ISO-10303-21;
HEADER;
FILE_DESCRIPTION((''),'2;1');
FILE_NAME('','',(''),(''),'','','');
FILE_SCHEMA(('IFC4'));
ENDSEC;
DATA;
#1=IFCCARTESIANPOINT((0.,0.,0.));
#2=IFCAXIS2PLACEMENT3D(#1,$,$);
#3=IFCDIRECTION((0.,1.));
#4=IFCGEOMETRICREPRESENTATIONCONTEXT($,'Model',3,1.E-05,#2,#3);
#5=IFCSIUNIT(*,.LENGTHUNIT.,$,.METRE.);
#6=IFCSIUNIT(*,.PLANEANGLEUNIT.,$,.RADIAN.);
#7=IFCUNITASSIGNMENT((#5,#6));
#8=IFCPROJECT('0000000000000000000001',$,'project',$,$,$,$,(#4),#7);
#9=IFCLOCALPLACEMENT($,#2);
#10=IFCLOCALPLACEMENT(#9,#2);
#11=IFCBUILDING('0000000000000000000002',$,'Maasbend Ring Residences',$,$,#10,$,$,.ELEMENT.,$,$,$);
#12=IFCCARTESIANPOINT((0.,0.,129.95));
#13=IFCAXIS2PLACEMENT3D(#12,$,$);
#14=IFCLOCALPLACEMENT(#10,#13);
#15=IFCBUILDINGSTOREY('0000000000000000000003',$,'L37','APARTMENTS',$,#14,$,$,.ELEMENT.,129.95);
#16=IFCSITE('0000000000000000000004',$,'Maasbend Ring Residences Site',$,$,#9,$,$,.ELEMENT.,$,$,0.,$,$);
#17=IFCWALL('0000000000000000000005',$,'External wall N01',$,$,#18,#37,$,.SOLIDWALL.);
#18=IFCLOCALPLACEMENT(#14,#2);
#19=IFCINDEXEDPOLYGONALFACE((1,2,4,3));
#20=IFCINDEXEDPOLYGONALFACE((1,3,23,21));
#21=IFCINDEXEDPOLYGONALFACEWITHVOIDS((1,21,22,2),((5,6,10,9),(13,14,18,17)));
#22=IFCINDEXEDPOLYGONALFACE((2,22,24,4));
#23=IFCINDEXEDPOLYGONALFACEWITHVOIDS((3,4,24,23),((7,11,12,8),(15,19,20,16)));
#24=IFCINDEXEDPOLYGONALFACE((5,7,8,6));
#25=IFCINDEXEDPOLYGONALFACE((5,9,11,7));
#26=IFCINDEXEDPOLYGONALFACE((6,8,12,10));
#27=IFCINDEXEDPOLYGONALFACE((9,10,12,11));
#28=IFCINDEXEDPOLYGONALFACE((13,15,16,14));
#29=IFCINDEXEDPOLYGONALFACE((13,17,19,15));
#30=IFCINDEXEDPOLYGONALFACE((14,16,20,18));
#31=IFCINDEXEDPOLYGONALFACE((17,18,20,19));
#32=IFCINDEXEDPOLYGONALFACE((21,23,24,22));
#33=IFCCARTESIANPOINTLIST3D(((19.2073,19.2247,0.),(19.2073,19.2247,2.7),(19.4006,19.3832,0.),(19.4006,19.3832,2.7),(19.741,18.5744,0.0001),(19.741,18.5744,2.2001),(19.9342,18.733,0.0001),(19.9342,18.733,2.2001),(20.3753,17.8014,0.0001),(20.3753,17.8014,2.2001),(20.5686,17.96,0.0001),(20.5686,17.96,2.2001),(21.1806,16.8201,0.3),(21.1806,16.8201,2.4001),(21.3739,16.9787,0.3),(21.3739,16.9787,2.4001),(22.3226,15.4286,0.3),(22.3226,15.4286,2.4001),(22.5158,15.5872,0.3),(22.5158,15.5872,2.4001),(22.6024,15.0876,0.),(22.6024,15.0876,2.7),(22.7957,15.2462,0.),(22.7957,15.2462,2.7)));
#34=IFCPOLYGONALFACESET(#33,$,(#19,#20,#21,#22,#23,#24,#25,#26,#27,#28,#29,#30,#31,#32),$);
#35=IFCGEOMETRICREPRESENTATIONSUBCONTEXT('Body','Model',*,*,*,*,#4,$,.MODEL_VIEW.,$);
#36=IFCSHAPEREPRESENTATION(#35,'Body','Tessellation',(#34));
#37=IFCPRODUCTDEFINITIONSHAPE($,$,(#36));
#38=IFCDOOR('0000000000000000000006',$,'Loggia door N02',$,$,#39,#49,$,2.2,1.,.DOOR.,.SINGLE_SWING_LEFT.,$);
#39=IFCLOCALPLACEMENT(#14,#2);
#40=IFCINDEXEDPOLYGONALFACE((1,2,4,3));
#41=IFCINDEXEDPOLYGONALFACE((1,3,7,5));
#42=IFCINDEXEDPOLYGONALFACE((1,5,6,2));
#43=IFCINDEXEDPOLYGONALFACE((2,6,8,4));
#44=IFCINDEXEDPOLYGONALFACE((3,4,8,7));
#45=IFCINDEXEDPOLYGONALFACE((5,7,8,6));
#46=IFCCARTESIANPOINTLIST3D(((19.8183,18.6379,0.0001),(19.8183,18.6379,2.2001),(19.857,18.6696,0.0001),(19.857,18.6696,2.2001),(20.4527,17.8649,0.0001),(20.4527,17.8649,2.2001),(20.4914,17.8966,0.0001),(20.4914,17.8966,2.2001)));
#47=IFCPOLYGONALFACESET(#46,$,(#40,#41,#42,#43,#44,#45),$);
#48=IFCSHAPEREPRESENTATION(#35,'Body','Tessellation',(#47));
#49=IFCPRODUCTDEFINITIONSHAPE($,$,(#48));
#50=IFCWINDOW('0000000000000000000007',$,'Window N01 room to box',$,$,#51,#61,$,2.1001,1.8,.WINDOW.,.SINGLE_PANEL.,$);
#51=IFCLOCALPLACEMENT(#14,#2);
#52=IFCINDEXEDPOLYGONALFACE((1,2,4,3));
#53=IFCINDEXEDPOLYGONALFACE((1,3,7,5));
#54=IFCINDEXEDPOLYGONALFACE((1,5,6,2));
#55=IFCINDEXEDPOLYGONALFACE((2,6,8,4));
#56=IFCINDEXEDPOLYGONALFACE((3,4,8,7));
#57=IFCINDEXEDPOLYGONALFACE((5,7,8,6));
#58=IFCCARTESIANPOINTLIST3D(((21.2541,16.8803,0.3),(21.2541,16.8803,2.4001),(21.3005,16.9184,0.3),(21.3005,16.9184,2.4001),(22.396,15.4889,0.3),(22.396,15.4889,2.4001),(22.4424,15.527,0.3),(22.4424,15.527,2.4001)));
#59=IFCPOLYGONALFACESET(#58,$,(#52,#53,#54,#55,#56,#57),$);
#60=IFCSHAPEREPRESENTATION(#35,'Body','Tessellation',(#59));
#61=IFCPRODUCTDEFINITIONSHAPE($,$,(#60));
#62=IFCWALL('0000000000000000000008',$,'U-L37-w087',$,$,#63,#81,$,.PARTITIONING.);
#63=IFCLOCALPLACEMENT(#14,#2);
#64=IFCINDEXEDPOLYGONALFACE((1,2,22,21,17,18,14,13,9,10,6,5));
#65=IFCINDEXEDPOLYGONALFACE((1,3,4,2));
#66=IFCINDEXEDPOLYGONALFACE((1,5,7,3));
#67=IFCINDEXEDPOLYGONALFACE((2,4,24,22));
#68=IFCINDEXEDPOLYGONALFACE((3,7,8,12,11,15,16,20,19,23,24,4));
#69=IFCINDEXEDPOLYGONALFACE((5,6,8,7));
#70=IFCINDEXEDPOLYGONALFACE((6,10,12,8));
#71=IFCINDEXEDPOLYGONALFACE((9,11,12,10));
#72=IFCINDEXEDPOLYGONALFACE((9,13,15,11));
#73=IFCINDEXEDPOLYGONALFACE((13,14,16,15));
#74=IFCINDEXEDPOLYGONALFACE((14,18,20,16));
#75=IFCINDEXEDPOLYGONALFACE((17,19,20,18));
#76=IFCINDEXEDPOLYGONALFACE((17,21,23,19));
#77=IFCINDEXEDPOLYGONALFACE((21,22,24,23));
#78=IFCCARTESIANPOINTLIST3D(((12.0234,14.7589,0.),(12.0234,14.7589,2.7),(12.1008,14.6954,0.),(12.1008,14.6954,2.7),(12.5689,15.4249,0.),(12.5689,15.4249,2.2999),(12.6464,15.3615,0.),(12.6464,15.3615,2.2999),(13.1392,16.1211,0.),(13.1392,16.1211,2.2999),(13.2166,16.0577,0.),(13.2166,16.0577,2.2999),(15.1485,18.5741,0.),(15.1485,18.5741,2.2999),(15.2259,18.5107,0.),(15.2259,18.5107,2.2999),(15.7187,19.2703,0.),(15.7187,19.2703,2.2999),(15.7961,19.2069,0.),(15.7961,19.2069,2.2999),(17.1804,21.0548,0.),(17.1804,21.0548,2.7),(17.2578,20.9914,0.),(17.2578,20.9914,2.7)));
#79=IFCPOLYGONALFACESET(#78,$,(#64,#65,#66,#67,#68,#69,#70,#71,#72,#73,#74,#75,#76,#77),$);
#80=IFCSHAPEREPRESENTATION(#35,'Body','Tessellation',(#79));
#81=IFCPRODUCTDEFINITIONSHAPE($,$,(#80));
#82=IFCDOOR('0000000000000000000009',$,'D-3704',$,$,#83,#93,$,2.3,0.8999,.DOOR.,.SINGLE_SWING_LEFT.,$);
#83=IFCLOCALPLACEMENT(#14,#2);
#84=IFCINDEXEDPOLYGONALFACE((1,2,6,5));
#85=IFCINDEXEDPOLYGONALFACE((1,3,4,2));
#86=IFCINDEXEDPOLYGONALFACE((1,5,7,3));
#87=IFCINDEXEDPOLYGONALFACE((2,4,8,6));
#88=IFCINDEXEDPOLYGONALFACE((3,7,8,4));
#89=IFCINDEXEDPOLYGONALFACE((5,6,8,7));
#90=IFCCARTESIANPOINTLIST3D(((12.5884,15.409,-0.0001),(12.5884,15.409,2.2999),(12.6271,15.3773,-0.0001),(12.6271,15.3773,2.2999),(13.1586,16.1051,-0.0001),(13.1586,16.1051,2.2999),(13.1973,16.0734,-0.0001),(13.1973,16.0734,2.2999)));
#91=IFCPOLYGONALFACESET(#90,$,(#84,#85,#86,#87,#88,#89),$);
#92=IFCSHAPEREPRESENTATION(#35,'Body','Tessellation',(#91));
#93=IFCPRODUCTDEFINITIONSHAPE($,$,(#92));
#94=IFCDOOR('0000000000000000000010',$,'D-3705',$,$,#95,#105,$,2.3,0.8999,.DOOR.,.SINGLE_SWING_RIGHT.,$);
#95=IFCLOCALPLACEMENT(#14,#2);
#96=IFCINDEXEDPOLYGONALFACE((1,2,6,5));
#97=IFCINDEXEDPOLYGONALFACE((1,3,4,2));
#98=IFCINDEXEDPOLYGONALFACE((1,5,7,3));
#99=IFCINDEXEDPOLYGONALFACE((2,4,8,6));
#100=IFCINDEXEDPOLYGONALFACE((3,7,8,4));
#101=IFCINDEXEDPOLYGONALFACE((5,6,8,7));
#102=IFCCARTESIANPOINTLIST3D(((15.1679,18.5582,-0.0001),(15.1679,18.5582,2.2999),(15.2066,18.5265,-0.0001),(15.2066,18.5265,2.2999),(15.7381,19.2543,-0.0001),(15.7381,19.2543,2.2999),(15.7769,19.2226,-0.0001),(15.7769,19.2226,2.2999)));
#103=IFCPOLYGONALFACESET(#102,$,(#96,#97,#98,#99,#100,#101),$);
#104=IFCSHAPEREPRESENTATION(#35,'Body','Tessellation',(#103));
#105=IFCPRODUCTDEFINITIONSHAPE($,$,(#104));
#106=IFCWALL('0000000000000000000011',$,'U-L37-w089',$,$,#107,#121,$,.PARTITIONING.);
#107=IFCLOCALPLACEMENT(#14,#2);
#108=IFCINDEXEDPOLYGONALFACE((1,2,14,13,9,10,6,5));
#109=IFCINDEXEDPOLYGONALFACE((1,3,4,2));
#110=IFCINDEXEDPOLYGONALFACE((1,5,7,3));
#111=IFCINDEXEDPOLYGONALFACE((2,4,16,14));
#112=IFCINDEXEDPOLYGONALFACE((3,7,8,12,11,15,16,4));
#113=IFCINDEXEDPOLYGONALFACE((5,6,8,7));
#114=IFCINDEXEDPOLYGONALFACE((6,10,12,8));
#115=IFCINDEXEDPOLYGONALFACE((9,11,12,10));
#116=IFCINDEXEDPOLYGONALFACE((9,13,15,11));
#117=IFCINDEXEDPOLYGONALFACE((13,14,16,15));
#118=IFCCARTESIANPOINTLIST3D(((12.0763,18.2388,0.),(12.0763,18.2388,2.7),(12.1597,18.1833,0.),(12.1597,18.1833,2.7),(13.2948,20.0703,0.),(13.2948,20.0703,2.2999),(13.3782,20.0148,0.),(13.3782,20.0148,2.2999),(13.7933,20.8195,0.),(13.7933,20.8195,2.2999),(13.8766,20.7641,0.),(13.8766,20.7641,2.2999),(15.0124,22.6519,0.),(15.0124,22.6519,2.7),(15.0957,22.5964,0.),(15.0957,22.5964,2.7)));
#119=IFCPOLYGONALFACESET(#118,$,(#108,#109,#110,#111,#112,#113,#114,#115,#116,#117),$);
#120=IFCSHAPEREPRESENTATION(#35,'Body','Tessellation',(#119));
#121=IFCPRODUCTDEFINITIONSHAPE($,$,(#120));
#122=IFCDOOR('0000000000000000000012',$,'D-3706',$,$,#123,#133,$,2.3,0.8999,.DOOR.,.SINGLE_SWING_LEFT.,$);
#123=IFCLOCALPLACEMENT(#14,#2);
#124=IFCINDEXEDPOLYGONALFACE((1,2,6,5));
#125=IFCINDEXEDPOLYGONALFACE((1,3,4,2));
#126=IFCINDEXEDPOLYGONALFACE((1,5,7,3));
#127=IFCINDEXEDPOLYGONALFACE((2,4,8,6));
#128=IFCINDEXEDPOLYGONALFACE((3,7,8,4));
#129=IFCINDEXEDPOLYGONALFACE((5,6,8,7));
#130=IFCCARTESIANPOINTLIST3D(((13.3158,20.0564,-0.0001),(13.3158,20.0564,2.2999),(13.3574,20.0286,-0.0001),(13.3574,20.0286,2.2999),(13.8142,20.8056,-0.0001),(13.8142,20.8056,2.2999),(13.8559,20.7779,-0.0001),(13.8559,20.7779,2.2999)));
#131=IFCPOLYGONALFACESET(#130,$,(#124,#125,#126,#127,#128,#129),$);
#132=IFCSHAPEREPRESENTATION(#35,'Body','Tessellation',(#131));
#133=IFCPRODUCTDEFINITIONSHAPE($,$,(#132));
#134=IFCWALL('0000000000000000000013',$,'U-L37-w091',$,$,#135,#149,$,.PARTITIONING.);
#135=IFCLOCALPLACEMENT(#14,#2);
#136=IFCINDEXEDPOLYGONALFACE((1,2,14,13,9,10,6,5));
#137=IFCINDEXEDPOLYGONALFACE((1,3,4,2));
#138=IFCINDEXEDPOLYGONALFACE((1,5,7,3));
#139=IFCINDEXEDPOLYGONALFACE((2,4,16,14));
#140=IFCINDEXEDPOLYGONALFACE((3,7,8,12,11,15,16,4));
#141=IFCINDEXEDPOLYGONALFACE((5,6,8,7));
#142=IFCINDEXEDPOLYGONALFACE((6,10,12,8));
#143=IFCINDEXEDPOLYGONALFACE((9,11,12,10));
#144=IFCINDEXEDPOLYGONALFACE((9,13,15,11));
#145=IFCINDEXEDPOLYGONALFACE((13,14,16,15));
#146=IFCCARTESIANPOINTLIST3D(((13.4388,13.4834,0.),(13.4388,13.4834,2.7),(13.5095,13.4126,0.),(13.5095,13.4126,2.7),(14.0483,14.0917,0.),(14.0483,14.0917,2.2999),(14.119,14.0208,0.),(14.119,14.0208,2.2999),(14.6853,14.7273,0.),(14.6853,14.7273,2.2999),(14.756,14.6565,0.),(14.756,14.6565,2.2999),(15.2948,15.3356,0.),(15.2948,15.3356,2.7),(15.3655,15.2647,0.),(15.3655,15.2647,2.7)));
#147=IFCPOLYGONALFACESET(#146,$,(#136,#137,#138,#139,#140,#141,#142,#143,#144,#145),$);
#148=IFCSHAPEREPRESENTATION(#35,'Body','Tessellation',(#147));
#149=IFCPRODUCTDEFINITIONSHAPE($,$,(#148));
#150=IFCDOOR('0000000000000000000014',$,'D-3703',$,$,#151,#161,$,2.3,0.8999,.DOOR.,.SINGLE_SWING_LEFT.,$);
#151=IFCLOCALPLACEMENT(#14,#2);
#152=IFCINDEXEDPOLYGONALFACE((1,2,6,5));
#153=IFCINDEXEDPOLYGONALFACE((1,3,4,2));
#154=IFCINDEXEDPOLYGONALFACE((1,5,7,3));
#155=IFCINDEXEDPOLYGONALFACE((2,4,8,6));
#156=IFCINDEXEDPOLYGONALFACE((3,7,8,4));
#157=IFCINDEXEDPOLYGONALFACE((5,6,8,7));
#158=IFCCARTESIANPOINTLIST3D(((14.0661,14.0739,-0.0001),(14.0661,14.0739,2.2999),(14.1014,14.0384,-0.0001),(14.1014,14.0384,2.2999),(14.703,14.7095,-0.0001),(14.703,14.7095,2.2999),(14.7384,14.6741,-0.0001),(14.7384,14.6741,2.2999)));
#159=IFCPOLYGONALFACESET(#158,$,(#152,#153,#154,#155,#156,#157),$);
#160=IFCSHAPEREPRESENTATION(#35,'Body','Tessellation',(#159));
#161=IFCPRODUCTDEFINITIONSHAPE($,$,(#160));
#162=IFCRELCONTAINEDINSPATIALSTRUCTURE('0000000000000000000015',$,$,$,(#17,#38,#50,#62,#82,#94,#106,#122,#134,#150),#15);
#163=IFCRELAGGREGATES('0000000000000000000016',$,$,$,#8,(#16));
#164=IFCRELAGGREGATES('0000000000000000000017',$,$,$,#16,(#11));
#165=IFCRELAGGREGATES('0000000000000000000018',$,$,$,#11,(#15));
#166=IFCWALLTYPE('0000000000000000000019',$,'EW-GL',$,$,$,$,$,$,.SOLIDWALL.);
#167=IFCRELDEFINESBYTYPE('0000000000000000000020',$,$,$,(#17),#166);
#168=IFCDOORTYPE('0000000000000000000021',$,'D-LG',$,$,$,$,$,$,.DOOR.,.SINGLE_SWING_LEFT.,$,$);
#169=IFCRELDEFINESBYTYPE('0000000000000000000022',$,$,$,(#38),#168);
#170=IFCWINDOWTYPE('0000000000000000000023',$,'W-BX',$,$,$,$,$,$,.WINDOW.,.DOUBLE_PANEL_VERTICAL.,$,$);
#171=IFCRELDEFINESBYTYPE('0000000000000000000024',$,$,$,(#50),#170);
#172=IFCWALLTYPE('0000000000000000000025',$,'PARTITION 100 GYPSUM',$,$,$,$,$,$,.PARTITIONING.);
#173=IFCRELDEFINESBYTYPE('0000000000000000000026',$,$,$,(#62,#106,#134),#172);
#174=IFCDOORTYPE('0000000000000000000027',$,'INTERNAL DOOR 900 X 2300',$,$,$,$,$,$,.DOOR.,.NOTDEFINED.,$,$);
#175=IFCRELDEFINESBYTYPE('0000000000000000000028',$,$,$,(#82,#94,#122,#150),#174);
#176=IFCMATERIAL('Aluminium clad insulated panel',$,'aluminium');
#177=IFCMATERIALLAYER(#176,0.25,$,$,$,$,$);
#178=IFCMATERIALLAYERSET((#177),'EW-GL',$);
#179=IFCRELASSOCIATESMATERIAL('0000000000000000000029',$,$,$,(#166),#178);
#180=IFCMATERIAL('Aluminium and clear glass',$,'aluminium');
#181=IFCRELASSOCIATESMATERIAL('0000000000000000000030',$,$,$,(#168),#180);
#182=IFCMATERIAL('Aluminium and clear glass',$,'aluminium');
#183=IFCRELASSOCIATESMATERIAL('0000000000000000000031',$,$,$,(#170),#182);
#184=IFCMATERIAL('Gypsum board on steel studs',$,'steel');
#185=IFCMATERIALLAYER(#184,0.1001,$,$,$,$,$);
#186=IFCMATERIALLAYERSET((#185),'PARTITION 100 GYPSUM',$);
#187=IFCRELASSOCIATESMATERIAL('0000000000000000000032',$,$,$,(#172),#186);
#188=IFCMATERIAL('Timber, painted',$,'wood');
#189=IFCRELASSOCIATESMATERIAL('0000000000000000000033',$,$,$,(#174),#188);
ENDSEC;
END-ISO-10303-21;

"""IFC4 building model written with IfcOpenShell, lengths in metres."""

from ifc_helpers import new_model, si_unit, direction, frame, frame_2d, origin, place, context, subcontext, project, spatial, rectangle, extrude, material, layer, layer_set, type_object, element, fill, save


model = new_model("IFC4")

# Units and contexts
model_context = context("Model", 3, precision=1e-05, world=origin(), true_north=direction((0.0, 1.0)))
body_context = subcontext(model_context, "Body", "Model", "MODEL_VIEW")
ifc_project = project(units=[si_unit("LENGTHUNIT", "METRE"), si_unit("PLANEANGLEUNIT", "RADIAN")], contexts=[model_context])

# Site, building, storey
site_placement = place(None, origin())
site = spatial("IfcSite", under=ifc_project, at=site_placement, Name="Maasbend Ring Residences Site", CompositionType="ELEMENT", RefElevation=0.0)
building_placement = place(site_placement, origin())
building = spatial("IfcBuilding", under=site, at=building_placement, Name="Maasbend Ring Residences", CompositionType="ELEMENT")
storey_placement = place(building_placement, frame((0.0, 0.0, 129.95)))
storey = spatial("IfcBuildingStorey", under=building, at=storey_placement, Name="L37", Description="APARTMENTS", CompositionType="ELEMENT", Elevation=129.95)

# Wall, openings, door, window
ifc_material_1 = material(Name="Aluminium clad insulated panel", Category="aluminium")
ifc_layer_1 = layer(ifc_material_1, 0.25)
ifc_layer_set_1 = layer_set([ifc_layer_1], Name="EW-GL")
wall_type_1 = type_object("IfcWallType", Name="EW-GL", PredefinedType="SOLIDWALL", material=ifc_layer_set_1)
wall_1_placement = place(storey_placement, frame((22.699, 15.167, 0.0), z_axis=(0.0, 0.0, 1.0), x_axis=(-0.634382, 0.773019, 0.0)))
wall_1 = element("IfcWall", 1, at=wall_1_placement, inside=storey, type_object=wall_type_1, Name="External wall N01", PredefinedType="SOLIDWALL", context=body_context, shape_type="SweptSolid", body=[
    extrude(rectangle(XDim=5.3518, YDim=0.25, at=frame_2d((2.6758, 0.0))), origin(), (0.0, 0.0, 1.0), 2.7),
])
opening_1_placement = place(wall_1_placement, frame((0.4412, 0.0, 0.3)))
opening_1 = element("IfcOpeningElement", 2, at=opening_1_placement, cuts=wall_1, PredefinedType="OPENING", context=body_context, shape_type="SweptSolid", body=[
    extrude(rectangle(XDim=1.8, YDim=2.1001, at=frame_2d((0.8999, 1.05))), frame((0.0, 0.135, 0.0), z_axis=(0.0, -1.0, 0.0), x_axis=(1.0, 0.0, 0.0)), (0.0, 0.0, 1.0), 0.27),
])
opening_2_placement = place(wall_1_placement, frame((3.5105, 0.0, 0.0)))
opening_2 = element("IfcOpeningElement", 3, at=opening_2_placement, cuts=wall_1, PredefinedType="OPENING", context=body_context, shape_type="SweptSolid", body=[
    extrude(rectangle(XDim=1.0, YDim=2.2, at=frame_2d((0.5, 1.1001))), frame((0.0, 0.135, 0.0), z_axis=(0.0, -1.0, 0.0), x_axis=(1.0, 0.0, 0.0)), (0.0, 0.0, 1.0), 0.27),
])
ifc_material_2 = material(Name="Aluminium and clear glass", Category="aluminium")
door_type_1 = type_object("IfcDoorType", Name="D-LG", OperationType="SINGLE_SWING_LEFT", PredefinedType="DOOR", material=ifc_material_2)
door_1_placement = place(opening_2_placement, origin())
door_1 = element("IfcDoor", 4, at=door_1_placement, inside=storey, type_object=door_type_1, Name="Loggia door N02", OperationType="SINGLE_SWING_LEFT", OverallHeight=2.2, OverallWidth=1.0, PredefinedType="DOOR", context=body_context, shape_type="SweptSolid", body=[
    extrude(rectangle(XDim=1.0, YDim=2.2, at=frame_2d((0.5, 1.1001))), frame((0.0, 0.0249, 0.0), z_axis=(0.0, -1.0, 0.0), x_axis=(1.0, 0.0, 0.0)), (0.0, 0.0, 1.0), 0.05),
])
fill(opening_2, door_1)
ifc_material_3 = material(Name="Aluminium and clear glass", Category="aluminium")
window_type_1 = type_object("IfcWindowType", Name="W-BX", PartitioningType="DOUBLE_PANEL_VERTICAL", PredefinedType="WINDOW", material=ifc_material_3)
window_1_placement = place(opening_1_placement, origin())
window_1 = element("IfcWindow", 5, at=window_1_placement, inside=storey, type_object=window_type_1, Name="Window N01 room to box", OverallHeight=2.1001, OverallWidth=1.8, PartitioningType="SINGLE_PANEL", PredefinedType="WINDOW", context=body_context, shape_type="SweptSolid", body=[
    extrude(rectangle(XDim=1.8, YDim=2.1001, at=frame_2d((0.8999, 1.05))), frame((0.0, 0.03, 0.0), z_axis=(0.0, -1.0, 0.0), x_axis=(1.0, 0.0, 0.0)), (0.0, 0.0, 1.0), 0.0601),
])
fill(opening_1, window_1)

# Wall, openings, doors
ifc_material_4 = material(Name="Gypsum board on steel studs", Category="steel")
ifc_layer_2 = layer(ifc_material_4, 0.1001)
ifc_layer_set_2 = layer_set([ifc_layer_2], Name="PARTITION 100 GYPSUM")
wall_type_2 = type_object("IfcWallType", Name="PARTITION 100 GYPSUM", PredefinedType="PARTITIONING", material=ifc_layer_set_2)
wall_2_placement = place(storey_placement, frame((12.062, 14.7271, 0.0), z_axis=(0.0, 0.0, 1.0), x_axis=(0.633664, 0.773608, 0.0)))
wall_2 = element("IfcWall", 6, at=wall_2_placement, inside=storey, type_object=wall_type_2, Name="U-L37-w087", PredefinedType="PARTITIONING", context=body_context, shape_type="SweptSolid", body=[
    extrude(rectangle(XDim=8.1384, YDim=0.1001, at=frame_2d((4.0693, 0.0))), origin(), (0.0, 0.0, 1.0), 2.7),
])
opening_3_placement = place(wall_2_placement, frame((0.8611, 0.0, 0.0)))
opening_3 = element("IfcOpeningElement", 7, at=opening_3_placement, cuts=wall_2, PredefinedType="OPENING", context=body_context, shape_type="SweptSolid", body=[
    extrude(rectangle(XDim=0.8999, YDim=2.3, at=frame_2d((0.45, 1.1499))), frame((0.0, 0.0601, 0.0), z_axis=(0.0, -1.0, 0.0), x_axis=(1.0, 0.0, 0.0)), (0.0, 0.0, 1.0), 0.1201),
])
opening_4_placement = place(wall_2_placement, frame((4.9319, 0.0, 0.0)))
opening_4 = element("IfcOpeningElement", 8, at=opening_4_placement, cuts=wall_2, PredefinedType="OPENING", context=body_context, shape_type="SweptSolid", body=[
    extrude(rectangle(XDim=0.8999, YDim=2.3, at=frame_2d((0.45, 1.1499))), frame((0.0, 0.0601, 0.0), z_axis=(0.0, -1.0, 0.0), x_axis=(1.0, 0.0, 0.0)), (0.0, 0.0, 1.0), 0.1201),
])
ifc_material_5 = material(Name="Timber, painted", Category="wood")
door_type_2 = type_object("IfcDoorType", Name="INTERNAL DOOR 900 X 2300", OperationType="NOTDEFINED", PredefinedType="DOOR", material=ifc_material_5)
door_2_placement = place(opening_3_placement, origin())
door_2 = element("IfcDoor", 9, at=door_2_placement, inside=storey, type_object=door_type_2, Name="D-3704", OperationType="SINGLE_SWING_LEFT", OverallHeight=2.3, OverallWidth=0.8999, PredefinedType="DOOR", context=body_context, shape_type="SweptSolid", body=[
    extrude(rectangle(XDim=0.8999, YDim=2.3, at=frame_2d((0.45, 1.1499))), frame((0.0, 0.0249, 0.0), z_axis=(0.0, -1.0, 0.0), x_axis=(1.0, 0.0, 0.0)), (0.0, 0.0, 1.0), 0.05),
])
fill(opening_3, door_2)
door_3_placement = place(opening_4_placement, origin())
door_3 = element("IfcDoor", 10, at=door_3_placement, inside=storey, type_object=door_type_2, Name="D-3705", OperationType="SINGLE_SWING_RIGHT", OverallHeight=2.3, OverallWidth=0.8999, PredefinedType="DOOR", context=body_context, shape_type="SweptSolid", body=[
    extrude(rectangle(XDim=0.8999, YDim=2.3, at=frame_2d((0.45, 1.1499))), frame((0.0, 0.0249, 0.0), z_axis=(0.0, -1.0, 0.0), x_axis=(1.0, 0.0, 0.0)), (0.0, 0.0, 1.0), 0.05),
])
fill(opening_4, door_3)

# Walls, openings, doors
wall_3_placement = place(storey_placement, frame((12.1179, 18.2109, 0.0), z_axis=(0.0, 0.0, 1.0), x_axis=(0.553913, 0.832574, 0.0)))
wall_3 = element("IfcWall", 11, at=wall_3_placement, inside=storey, type_object=wall_type_2, Name="U-L37-w089", PredefinedType="PARTITIONING", context=body_context, shape_type="SweptSolid", body=[
    extrude(rectangle(XDim=5.3005, YDim=0.1001, at=frame_2d((2.6504, 0.0))), origin(), (0.0, 0.0, 1.0), 2.7),
])
opening_5_placement = place(wall_3_placement, frame((2.2, 0.0, 0.0)))
opening_5 = element("IfcOpeningElement", 12, at=opening_5_placement, cuts=wall_3, PredefinedType="OPENING", context=body_context, shape_type="SweptSolid", body=[
    extrude(rectangle(XDim=0.8999, YDim=2.3, at=frame_2d((0.45, 1.1499))), frame((0.0, 0.0601, 0.0), z_axis=(0.0, -1.0, 0.0), x_axis=(1.0, 0.0, 0.0)), (0.0, 0.0, 1.0), 0.1201),
])
door_4_placement = place(opening_5_placement, origin())
door_4 = element("IfcDoor", 13, at=door_4_placement, inside=storey, type_object=door_type_2, Name="D-3706", OperationType="SINGLE_SWING_LEFT", OverallHeight=2.3, OverallWidth=0.8999, PredefinedType="DOOR", context=body_context, shape_type="SweptSolid", body=[
    extrude(rectangle(XDim=0.8999, YDim=2.3, at=frame_2d((0.45, 1.1499))), frame((0.0, 0.0249, 0.0), z_axis=(0.0, -1.0, 0.0), x_axis=(1.0, 0.0, 0.0)), (0.0, 0.0, 1.0), 0.05),
])
fill(opening_5, door_4)
wall_4_placement = place(storey_placement, frame((13.4741, 13.448, 0.0), z_axis=(0.0, 0.0, 1.0), x_axis=(0.707851, 0.706361, 0.0)))
wall_4 = element("IfcWall", 14, at=wall_4_placement, inside=storey, type_object=wall_type_2, Name="U-L37-w091", PredefinedType="PARTITIONING", context=body_context, shape_type="SweptSolid", body=[
    extrude(rectangle(XDim=2.6221, YDim=0.1001, at=frame_2d((1.311, 0.0))), origin(), (0.0, 0.0, 1.0), 2.7),
])
opening_6_placement = place(wall_4_placement, frame((0.8611, 0.0, 0.0)))
opening_6 = element("IfcOpeningElement", 15, at=opening_6_placement, cuts=wall_4, PredefinedType="OPENING", context=body_context, shape_type="SweptSolid", body=[
    extrude(rectangle(XDim=0.8999, YDim=2.3, at=frame_2d((0.45, 1.1499))), frame((0.0, 0.0601, 0.0), z_axis=(0.0, -1.0, 0.0), x_axis=(1.0, 0.0, 0.0)), (0.0, 0.0, 1.0), 0.1201),
])
door_5_placement = place(opening_6_placement, origin())
door_5 = element("IfcDoor", 16, at=door_5_placement, inside=storey, type_object=door_type_2, Name="D-3703", OperationType="SINGLE_SWING_LEFT", OverallHeight=2.3, OverallWidth=0.8999, PredefinedType="DOOR", context=body_context, shape_type="SweptSolid", body=[
    extrude(rectangle(XDim=0.8999, YDim=2.3, at=frame_2d((0.45, 1.1499))), frame((0.0, 0.0249, 0.0), z_axis=(0.0, -1.0, 0.0), x_axis=(1.0, 0.0, 0.0)), (0.0, 0.0, 1.0), 0.05),
])
fill(opening_6, door_5)

save(model, "model.ifc")
